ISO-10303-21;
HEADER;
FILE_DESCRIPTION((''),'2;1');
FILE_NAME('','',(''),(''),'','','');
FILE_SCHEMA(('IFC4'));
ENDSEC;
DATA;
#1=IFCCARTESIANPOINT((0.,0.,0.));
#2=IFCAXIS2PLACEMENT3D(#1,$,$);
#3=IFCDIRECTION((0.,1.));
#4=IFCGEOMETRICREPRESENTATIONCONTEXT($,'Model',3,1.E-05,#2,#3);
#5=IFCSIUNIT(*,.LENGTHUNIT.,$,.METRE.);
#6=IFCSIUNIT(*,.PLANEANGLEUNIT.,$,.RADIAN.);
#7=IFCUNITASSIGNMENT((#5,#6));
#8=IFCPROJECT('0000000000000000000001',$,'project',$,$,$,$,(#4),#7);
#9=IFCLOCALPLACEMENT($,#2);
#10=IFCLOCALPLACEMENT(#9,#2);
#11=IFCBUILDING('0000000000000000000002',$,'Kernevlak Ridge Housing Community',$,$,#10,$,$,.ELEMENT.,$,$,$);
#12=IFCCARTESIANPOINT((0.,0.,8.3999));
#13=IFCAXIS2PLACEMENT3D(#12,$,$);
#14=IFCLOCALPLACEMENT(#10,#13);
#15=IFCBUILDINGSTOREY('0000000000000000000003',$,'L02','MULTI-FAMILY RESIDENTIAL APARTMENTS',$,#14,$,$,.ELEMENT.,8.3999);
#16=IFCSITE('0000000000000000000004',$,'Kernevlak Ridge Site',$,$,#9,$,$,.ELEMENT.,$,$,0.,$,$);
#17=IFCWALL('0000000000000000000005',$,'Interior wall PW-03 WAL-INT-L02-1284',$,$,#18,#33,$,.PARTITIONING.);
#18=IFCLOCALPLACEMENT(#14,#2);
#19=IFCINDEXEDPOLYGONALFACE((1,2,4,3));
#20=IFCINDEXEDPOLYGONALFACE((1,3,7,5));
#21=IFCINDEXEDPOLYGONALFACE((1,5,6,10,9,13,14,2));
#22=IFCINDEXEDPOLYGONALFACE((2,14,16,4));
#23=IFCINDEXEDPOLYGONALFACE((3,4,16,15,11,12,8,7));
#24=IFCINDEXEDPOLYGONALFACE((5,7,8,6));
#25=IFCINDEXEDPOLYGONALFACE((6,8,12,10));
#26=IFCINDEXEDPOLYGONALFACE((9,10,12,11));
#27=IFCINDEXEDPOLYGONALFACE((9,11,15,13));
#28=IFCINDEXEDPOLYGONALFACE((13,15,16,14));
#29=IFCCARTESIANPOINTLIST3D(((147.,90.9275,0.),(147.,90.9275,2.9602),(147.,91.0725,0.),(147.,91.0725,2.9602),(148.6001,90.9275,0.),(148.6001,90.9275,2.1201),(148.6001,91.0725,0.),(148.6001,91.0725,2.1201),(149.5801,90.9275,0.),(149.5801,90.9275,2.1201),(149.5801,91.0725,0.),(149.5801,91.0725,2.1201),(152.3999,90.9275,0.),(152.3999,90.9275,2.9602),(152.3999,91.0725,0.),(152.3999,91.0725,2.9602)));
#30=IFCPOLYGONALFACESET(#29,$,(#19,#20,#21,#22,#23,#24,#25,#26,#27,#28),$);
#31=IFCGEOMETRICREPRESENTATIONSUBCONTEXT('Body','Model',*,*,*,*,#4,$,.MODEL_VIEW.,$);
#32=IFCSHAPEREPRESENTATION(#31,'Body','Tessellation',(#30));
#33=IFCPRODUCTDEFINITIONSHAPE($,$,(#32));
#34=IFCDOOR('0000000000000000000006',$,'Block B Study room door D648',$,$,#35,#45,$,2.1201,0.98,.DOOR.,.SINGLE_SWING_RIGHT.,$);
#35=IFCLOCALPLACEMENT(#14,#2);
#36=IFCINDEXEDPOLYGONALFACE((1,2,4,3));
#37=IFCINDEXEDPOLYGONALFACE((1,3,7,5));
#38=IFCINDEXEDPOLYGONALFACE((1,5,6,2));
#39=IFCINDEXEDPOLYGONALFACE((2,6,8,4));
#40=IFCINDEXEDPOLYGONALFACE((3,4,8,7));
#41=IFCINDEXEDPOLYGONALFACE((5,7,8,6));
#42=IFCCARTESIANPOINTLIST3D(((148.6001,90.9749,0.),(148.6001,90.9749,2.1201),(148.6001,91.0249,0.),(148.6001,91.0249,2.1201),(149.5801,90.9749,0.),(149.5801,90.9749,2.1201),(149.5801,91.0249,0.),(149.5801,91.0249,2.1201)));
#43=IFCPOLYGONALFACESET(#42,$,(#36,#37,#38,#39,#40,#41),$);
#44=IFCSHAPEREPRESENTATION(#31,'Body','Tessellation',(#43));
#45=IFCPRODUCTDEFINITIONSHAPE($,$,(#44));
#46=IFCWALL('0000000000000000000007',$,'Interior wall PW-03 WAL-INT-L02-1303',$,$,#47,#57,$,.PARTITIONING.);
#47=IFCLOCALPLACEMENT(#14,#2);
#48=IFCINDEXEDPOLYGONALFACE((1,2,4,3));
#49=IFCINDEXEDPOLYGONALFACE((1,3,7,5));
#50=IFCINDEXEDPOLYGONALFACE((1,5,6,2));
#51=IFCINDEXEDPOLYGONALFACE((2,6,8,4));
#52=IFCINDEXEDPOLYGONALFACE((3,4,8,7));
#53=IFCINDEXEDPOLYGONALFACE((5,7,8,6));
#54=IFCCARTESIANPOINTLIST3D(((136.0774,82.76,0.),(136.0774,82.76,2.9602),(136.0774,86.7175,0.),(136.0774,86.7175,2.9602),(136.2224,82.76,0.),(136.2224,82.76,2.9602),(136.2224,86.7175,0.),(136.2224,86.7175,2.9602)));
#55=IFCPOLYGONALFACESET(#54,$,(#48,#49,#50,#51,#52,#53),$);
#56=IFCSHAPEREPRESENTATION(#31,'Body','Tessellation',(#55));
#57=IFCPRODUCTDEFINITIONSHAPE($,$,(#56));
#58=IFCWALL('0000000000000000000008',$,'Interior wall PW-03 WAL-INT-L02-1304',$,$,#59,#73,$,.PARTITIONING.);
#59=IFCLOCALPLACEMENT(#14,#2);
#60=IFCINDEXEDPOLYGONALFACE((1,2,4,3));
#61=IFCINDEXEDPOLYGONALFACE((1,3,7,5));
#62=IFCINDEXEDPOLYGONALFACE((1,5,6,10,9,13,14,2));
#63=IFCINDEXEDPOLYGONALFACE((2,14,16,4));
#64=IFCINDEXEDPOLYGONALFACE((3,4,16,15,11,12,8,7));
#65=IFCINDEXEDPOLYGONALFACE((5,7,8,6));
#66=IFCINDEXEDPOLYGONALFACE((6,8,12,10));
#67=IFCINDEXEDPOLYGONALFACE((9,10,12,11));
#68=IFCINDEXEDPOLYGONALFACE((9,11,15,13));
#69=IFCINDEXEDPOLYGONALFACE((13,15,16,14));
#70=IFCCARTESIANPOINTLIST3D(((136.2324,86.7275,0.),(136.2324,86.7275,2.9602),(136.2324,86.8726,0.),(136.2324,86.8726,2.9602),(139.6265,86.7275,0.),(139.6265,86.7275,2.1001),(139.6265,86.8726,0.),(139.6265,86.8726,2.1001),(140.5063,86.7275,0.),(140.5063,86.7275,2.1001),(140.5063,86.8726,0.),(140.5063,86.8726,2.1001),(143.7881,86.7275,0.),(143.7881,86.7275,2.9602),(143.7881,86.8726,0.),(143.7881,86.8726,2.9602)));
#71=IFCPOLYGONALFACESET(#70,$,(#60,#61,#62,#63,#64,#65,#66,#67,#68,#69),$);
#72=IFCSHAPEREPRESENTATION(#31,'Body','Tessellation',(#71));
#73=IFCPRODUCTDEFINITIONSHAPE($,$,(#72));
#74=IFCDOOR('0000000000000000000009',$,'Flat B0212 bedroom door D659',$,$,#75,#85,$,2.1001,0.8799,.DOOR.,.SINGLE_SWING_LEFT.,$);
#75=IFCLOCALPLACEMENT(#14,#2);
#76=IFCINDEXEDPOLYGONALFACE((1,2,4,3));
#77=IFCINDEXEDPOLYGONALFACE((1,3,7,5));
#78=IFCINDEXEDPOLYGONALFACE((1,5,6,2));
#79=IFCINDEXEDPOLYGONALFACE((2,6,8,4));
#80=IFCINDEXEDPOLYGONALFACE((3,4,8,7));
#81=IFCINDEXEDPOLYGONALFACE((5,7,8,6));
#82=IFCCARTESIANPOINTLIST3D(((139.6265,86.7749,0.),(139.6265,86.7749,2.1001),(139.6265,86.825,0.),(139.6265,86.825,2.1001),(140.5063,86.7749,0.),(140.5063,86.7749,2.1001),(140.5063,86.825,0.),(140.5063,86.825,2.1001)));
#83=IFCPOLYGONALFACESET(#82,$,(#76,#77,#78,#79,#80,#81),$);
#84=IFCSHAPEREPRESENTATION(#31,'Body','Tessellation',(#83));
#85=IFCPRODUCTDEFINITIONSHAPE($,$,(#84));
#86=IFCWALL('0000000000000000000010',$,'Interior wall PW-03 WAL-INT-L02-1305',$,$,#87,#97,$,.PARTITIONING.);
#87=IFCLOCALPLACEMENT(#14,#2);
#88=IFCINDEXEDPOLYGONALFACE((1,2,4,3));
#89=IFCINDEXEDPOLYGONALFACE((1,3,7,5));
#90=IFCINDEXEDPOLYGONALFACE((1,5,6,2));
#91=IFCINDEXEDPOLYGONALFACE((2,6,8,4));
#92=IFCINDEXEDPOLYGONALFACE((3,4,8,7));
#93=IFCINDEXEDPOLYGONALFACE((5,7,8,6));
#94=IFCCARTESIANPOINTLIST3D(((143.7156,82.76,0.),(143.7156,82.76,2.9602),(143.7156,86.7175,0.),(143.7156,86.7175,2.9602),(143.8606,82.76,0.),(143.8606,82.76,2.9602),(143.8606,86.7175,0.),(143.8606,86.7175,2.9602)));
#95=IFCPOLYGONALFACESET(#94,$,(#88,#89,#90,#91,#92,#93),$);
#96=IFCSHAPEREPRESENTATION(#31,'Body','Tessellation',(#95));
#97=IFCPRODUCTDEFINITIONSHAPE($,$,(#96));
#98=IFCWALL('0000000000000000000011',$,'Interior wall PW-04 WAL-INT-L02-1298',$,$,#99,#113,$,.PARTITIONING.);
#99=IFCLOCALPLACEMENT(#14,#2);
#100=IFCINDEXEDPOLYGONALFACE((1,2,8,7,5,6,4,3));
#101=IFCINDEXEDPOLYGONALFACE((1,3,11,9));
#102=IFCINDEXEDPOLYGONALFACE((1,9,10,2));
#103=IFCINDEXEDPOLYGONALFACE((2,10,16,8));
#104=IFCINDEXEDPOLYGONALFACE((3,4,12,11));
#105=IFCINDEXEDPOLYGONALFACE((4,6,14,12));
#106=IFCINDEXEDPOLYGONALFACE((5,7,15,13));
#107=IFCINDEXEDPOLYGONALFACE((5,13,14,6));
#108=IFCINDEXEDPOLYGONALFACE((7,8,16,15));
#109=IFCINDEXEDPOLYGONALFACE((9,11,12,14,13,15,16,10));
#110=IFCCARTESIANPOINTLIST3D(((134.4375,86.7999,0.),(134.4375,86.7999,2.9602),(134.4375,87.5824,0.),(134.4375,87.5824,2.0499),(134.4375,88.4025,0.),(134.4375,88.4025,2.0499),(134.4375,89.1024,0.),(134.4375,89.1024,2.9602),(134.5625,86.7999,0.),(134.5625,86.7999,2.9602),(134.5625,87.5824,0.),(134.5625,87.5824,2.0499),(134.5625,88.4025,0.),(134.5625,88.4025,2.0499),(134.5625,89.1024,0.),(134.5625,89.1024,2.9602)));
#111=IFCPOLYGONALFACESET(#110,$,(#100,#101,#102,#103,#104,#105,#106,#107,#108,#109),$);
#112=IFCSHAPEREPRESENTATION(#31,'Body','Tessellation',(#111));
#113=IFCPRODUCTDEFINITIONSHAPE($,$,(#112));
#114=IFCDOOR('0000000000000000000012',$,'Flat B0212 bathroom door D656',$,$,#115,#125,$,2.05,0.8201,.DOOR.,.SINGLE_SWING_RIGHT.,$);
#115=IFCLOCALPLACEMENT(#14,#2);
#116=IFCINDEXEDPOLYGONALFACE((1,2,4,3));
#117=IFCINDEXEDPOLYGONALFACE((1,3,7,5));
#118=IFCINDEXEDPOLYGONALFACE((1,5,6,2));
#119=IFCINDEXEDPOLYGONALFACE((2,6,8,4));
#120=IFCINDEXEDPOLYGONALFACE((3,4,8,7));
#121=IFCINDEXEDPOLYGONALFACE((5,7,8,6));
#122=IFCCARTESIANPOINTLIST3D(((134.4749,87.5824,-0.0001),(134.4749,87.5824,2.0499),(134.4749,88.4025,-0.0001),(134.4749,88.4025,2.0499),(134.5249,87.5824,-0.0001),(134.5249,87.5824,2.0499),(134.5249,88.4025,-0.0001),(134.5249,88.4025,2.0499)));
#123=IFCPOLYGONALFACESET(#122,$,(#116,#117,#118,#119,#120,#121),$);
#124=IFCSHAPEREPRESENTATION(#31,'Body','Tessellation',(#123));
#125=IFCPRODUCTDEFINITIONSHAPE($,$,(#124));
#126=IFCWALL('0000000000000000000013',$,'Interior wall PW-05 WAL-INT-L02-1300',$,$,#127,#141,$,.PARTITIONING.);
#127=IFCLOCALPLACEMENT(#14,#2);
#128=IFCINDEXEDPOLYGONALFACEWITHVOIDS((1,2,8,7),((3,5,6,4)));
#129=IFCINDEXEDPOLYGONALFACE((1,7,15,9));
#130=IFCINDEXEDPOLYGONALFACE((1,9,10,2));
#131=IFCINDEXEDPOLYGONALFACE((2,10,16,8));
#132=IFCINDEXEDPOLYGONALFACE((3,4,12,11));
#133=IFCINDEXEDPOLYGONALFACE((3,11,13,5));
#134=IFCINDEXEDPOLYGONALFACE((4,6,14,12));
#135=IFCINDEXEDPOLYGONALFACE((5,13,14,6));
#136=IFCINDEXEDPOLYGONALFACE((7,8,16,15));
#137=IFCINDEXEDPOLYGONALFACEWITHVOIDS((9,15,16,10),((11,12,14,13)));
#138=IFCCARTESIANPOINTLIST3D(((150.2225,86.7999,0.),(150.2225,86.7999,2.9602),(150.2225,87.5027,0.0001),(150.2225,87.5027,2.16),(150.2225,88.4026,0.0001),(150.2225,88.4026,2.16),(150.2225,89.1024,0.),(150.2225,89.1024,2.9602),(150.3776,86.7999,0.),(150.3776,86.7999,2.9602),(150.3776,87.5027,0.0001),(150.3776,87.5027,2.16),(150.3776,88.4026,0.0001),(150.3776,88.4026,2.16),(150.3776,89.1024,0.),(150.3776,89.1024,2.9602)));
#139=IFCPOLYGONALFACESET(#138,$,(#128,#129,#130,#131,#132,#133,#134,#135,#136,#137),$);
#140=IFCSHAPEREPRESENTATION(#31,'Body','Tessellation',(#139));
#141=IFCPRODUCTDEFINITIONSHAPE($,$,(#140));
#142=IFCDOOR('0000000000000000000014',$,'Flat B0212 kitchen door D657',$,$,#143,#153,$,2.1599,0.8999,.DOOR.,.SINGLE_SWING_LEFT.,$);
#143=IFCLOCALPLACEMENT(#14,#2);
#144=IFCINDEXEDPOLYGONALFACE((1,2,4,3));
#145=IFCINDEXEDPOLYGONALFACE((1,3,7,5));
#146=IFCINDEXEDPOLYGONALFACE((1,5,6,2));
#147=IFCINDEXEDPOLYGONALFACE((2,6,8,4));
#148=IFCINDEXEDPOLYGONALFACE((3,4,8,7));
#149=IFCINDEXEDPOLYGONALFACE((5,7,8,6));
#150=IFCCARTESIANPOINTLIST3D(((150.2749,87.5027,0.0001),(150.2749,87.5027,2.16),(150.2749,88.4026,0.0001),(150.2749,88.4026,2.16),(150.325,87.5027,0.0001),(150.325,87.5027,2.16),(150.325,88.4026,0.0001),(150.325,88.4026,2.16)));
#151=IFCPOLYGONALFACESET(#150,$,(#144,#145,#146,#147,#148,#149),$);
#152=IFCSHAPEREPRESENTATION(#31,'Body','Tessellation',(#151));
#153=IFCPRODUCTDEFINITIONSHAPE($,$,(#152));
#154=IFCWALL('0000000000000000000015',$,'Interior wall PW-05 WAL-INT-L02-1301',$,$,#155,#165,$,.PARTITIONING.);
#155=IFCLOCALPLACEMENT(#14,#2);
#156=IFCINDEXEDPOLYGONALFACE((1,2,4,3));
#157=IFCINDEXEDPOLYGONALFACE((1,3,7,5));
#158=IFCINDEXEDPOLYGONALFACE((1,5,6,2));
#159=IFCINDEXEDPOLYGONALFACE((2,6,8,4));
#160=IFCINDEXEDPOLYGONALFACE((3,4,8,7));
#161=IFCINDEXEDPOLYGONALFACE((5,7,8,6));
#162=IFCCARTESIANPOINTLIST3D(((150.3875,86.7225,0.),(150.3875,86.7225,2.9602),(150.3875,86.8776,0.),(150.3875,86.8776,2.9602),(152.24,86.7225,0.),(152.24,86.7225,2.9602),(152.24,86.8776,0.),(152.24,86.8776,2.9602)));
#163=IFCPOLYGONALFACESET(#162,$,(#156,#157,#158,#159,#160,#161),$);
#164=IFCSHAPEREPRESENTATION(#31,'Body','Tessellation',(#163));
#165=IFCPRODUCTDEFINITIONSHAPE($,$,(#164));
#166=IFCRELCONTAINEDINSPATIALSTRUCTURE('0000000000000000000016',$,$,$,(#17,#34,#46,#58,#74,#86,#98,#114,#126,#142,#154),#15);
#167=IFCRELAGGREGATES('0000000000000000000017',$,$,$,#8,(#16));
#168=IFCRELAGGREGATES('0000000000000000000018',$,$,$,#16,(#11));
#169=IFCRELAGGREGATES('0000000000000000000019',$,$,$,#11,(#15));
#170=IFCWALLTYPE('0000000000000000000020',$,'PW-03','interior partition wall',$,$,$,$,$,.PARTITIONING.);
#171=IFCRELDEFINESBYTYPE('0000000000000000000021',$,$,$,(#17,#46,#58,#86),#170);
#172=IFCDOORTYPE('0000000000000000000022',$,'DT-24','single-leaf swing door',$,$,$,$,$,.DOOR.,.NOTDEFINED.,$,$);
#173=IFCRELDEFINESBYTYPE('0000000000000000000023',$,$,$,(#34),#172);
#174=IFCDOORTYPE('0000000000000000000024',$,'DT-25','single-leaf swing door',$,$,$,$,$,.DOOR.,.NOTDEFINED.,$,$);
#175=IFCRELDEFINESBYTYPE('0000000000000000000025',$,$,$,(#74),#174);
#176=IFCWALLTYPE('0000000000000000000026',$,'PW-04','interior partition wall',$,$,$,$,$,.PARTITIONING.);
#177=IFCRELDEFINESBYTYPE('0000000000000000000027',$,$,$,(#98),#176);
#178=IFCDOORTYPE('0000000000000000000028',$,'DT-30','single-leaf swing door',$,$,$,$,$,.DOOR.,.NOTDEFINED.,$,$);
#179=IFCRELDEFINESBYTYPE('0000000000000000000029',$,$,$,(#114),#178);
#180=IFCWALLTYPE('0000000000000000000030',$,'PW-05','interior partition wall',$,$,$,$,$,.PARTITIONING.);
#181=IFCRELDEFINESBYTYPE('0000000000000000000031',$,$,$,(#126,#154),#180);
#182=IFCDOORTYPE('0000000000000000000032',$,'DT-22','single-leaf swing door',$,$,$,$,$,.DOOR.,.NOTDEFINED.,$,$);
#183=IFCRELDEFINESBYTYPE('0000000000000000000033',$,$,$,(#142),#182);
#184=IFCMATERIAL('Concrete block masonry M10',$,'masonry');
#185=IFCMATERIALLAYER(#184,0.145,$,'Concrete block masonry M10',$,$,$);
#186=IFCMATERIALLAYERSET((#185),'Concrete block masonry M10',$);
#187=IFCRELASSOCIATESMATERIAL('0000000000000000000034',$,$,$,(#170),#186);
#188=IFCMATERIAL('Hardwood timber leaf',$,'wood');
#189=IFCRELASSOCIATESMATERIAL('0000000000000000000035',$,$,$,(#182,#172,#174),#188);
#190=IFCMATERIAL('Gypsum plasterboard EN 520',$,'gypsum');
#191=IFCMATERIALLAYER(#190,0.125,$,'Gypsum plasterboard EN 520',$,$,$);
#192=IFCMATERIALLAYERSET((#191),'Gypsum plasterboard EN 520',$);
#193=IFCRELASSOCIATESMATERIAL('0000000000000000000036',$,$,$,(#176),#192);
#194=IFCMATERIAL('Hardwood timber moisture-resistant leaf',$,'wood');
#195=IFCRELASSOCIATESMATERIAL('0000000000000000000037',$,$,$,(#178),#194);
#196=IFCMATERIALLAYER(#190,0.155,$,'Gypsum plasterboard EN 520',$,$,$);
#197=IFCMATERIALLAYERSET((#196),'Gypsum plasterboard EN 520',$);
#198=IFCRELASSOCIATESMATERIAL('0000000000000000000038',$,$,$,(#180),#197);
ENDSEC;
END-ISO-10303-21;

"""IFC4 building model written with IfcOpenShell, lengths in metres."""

from ifc_helpers import new_model, si_unit, direction, frame, frame_2d, origin, place, context, subcontext, project, spatial, rectangle, extrude, material, layer, layer_set, type_object, element, fill, save


model = new_model("IFC4")

# Units and contexts
model_context = context("Model", 3, precision=1e-05, world=origin(), true_north=direction((0.0, 1.0)))
body_context = subcontext(model_context, "Body", "Model", "MODEL_VIEW")
ifc_project = project(units=[si_unit("LENGTHUNIT", "METRE"), si_unit("PLANEANGLEUNIT", "RADIAN")], contexts=[model_context])

# Site, building, storey
site_placement = place(None, origin())
site = spatial("IfcSite", under=ifc_project, at=site_placement, Name="Kernevlak Ridge Site", CompositionType="ELEMENT", RefElevation=0.0)
building_placement = place(site_placement, origin())
building = spatial("IfcBuilding", under=site, at=building_placement, Name="Kernevlak Ridge Housing Community", CompositionType="ELEMENT")
storey_placement = place(building_placement, frame((0.0, 0.0, 8.3999)))
storey = spatial("IfcBuildingStorey", under=building, at=storey_placement, Name="L02", Description="MULTI-FAMILY RESIDENTIAL APARTMENTS", CompositionType="ELEMENT", Elevation=8.3999)

# Shared definitions
ifc_material_1 = material(Name="Concrete block masonry M10", Category="masonry")

# Wall, opening, door
ifc_layer_1 = layer(ifc_material_1, 0.145, Name="Concrete block masonry M10")
ifc_layer_set_1 = layer_set([ifc_layer_1], Name="Concrete block masonry M10")
wall_type_1 = type_object("IfcWallType", Name="PW-03", Description="interior partition wall", PredefinedType="PARTITIONING", material=ifc_layer_set_1)
ifc_material_2 = material(Name="Hardwood timber leaf", Category="wood")
door_type_1 = type_object("IfcDoorType", Name="DT-22", Description="single-leaf swing door", OperationType="NOTDEFINED", PredefinedType="DOOR", material=ifc_material_2)
wall_1_placement = place(storey_placement, frame((147.0, 91.0, 0.0), z_axis=(0.0, 0.0, 1.0), x_axis=(1.0, 0.0, 0.0)))
wall_1 = element("IfcWall", 1, at=wall_1_placement, inside=storey, type_object=wall_type_1, Name="Interior wall PW-03 WAL-INT-L02-1284", PredefinedType="PARTITIONING", context=body_context, shape_type="SweptSolid", body=[
    extrude(rectangle(XDim=5.3999, YDim=0.145, at=frame_2d((2.7, 0.0))), origin(), (0.0, 0.0, 1.0), 2.9602),
])
opening_1_placement = place(wall_1_placement, frame((1.6001, 0.0, 0.0)))
opening_1 = element("IfcOpeningElement", 2, at=opening_1_placement, cuts=wall_1, PredefinedType="OPENING", context=body_context, shape_type="SweptSolid", body=[
    extrude(rectangle(XDim=0.98, YDim=2.1201, at=frame_2d((0.49, 1.0601))), frame((0.0, 0.0825, 0.0), z_axis=(0.0, -1.0, 0.0), x_axis=(1.0, 0.0, 0.0)), (0.0, 0.0, 1.0), 0.165),
])
door_type_2 = type_object("IfcDoorType", Name="DT-24", Description="single-leaf swing door", OperationType="NOTDEFINED", PredefinedType="DOOR", material=ifc_material_2)
door_1_placement = place(opening_1_placement, origin())
door_1 = element("IfcDoor", 3, at=door_1_placement, inside=storey, type_object=door_type_2, Name="Block B Study room door D648", OperationType="SINGLE_SWING_RIGHT", OverallHeight=2.1201, OverallWidth=0.98, PredefinedType="DOOR", context=body_context, shape_type="SweptSolid", body=[
    extrude(rectangle(XDim=0.98, YDim=2.1201, at=frame_2d((0.49, 1.0601))), frame((0.0, 0.0249, 0.0), z_axis=(0.0, -1.0, 0.0), x_axis=(1.0, 0.0, 0.0)), (0.0, 0.0, 1.0), 0.05),
])
fill(opening_1, door_1)

# Wall
wall_2_placement = place(storey_placement, frame((136.1499, 86.7175, 0.0), z_axis=(0.0, 0.0, 1.0), x_axis=(0.0, -1.0, 0.0)))
element("IfcWall", 4, at=wall_2_placement, inside=storey, type_object=wall_type_1, Name="Interior wall PW-03 WAL-INT-L02-1303", PredefinedType="PARTITIONING", context=body_context, shape_type="SweptSolid", body=[
    extrude(rectangle(XDim=3.9575, YDim=0.145, at=frame_2d((1.9788, 0.0))), origin(), (0.0, 0.0, 1.0), 2.9602),
])

# Wall, opening, door
wall_3_placement = place(storey_placement, frame((136.2324, 86.8, 0.0), z_axis=(0.0, 0.0, 1.0), x_axis=(1.0, 0.0, 0.0)))
wall_3 = element("IfcWall", 5, at=wall_3_placement, inside=storey, type_object=wall_type_1, Name="Interior wall PW-03 WAL-INT-L02-1304", PredefinedType="PARTITIONING", context=body_context, shape_type="SweptSolid", body=[
    extrude(rectangle(XDim=7.5557, YDim=0.145, at=frame_2d((3.7778, 0.0))), origin(), (0.0, 0.0, 1.0), 2.9602),
])
opening_2_placement = place(wall_3_placement, frame((3.394, 0.0, 0.0)))
opening_2 = element("IfcOpeningElement", 6, at=opening_2_placement, cuts=wall_3, PredefinedType="OPENING", context=body_context, shape_type="SweptSolid", body=[
    extrude(rectangle(XDim=0.8799, YDim=2.1001, at=frame_2d((0.4399, 1.05))), frame((0.0, 0.0825, 0.0), z_axis=(0.0, -1.0, 0.0), x_axis=(1.0, 0.0, 0.0)), (0.0, 0.0, 1.0), 0.165),
])
door_type_3 = type_object("IfcDoorType", Name="DT-25", Description="single-leaf swing door", OperationType="NOTDEFINED", PredefinedType="DOOR", material=ifc_material_2)
door_2_placement = place(opening_2_placement, origin())
door_2 = element("IfcDoor", 7, at=door_2_placement, inside=storey, type_object=door_type_3, Name="Flat B0212 bedroom door D659", OperationType="SINGLE_SWING_LEFT", OverallHeight=2.1001, OverallWidth=0.8799, PredefinedType="DOOR", context=body_context, shape_type="SweptSolid", body=[
    extrude(rectangle(XDim=0.8799, YDim=2.1001, at=frame_2d((0.4399, 1.05))), frame((0.0, 0.0249, 0.0), z_axis=(0.0, -1.0, 0.0), x_axis=(1.0, 0.0, 0.0)), (0.0, 0.0, 1.0), 0.05),
])
fill(opening_2, door_2)

# Wall
wall_4_placement = place(storey_placement, frame((143.7881, 86.7175, 0.0), z_axis=(0.0, 0.0, 1.0), x_axis=(0.0, -1.0, 0.0)))
element("IfcWall", 8, at=wall_4_placement, inside=storey, type_object=wall_type_1, Name="Interior wall PW-03 WAL-INT-L02-1305", PredefinedType="PARTITIONING", context=body_context, shape_type="SweptSolid", body=[
    extrude(rectangle(XDim=3.9575, YDim=0.145, at=frame_2d((1.9788, 0.0))), origin(), (0.0, 0.0, 1.0), 2.9602),
])

# Walls, openings, doors
ifc_material_3 = material(Name="Gypsum plasterboard EN 520", Category="gypsum")
ifc_layer_2 = layer(ifc_material_3, 0.125, Name="Gypsum plasterboard EN 520")
ifc_layer_set_2 = layer_set([ifc_layer_2], Name="Gypsum plasterboard EN 520")
wall_type_2 = type_object("IfcWallType", Name="PW-04", Description="interior partition wall", PredefinedType="PARTITIONING", material=ifc_layer_set_2)
wall_5_placement = place(storey_placement, frame((134.5, 89.1025, 0.0), z_axis=(0.0, 0.0, 1.0), x_axis=(0.0, -1.0, 0.0)))
wall_5 = element("IfcWall", 9, at=wall_5_placement, inside=storey, type_object=wall_type_2, Name="Interior wall PW-04 WAL-INT-L02-1298", PredefinedType="PARTITIONING", context=body_context, shape_type="SweptSolid", body=[
    extrude(rectangle(XDim=2.3025, YDim=0.125, at=frame_2d((1.1514, 0.0))), origin(), (0.0, 0.0, 1.0), 2.9602),
])
opening_3_placement = place(wall_5_placement, frame((0.7, 0.0, 0.0)))
opening_3 = element("IfcOpeningElement", 10, at=opening_3_placement, cuts=wall_5, PredefinedType="OPENING", context=body_context, shape_type="SweptSolid", body=[
    extrude(rectangle(XDim=0.8201, YDim=2.05, at=frame_2d((0.4102, 1.0249))), frame((0.0, 0.0725, 0.0), z_axis=(0.0, -1.0, 0.0), x_axis=(1.0, 0.0, 0.0)), (0.0, 0.0, 1.0), 0.145),
])
ifc_material_4 = material(Name="Hardwood timber moisture-resistant leaf", Category="wood")
door_type_4 = type_object("IfcDoorType", Name="DT-30", Description="single-leaf swing door", OperationType="NOTDEFINED", PredefinedType="DOOR", material=ifc_material_4)
door_3_placement = place(opening_3_placement, origin())
door_3 = element("IfcDoor", 11, at=door_3_placement, inside=storey, type_object=door_type_4, Name="Flat B0212 bathroom door D656", OperationType="SINGLE_SWING_RIGHT", OverallHeight=2.05, OverallWidth=0.8201, PredefinedType="DOOR", context=body_context, shape_type="SweptSolid", body=[
    extrude(rectangle(XDim=0.8201, YDim=2.05, at=frame_2d((0.4102, 1.0249))), frame((0.0, 0.0249, 0.0), z_axis=(0.0, -1.0, 0.0), x_axis=(1.0, 0.0, 0.0)), (0.0, 0.0, 1.0), 0.05),
])
fill(opening_3, door_3)
ifc_layer_3 = layer(ifc_material_3, 0.155, Name="Gypsum plasterboard EN 520")
ifc_layer_set_3 = layer_set([ifc_layer_3], Name="Gypsum plasterboard EN 520")
wall_type_3 = type_object("IfcWallType", Name="PW-05", Description="interior partition wall", PredefinedType="PARTITIONING", material=ifc_layer_set_3)
wall_6_placement = place(storey_placement, frame((150.3, 89.1025, 0.0), z_axis=(0.0, 0.0, 1.0), x_axis=(0.0, -1.0, 0.0)))
wall_6 = element("IfcWall", 12, at=wall_6_placement, inside=storey, type_object=wall_type_3, Name="Interior wall PW-05 WAL-INT-L02-1300", PredefinedType="PARTITIONING", context=body_context, shape_type="SweptSolid", body=[
    extrude(rectangle(XDim=2.3025, YDim=0.155, at=frame_2d((1.1514, 0.0))), origin(), (0.0, 0.0, 1.0), 2.9602),
])
opening_4_placement = place(wall_6_placement, frame((0.7, 0.0, 0.0)))
opening_4 = element("IfcOpeningElement", 13, at=opening_4_placement, cuts=wall_6, PredefinedType="OPENING", context=body_context, shape_type="SweptSolid", body=[
    extrude(rectangle(XDim=0.8999, YDim=2.1599, at=frame_2d((0.45, 1.0801))), frame((0.0, 0.0874, 0.0), z_axis=(0.0, -1.0, 0.0), x_axis=(1.0, 0.0, 0.0)), (0.0, 0.0, 1.0), 0.175),
])
door_4_placement = place(opening_4_placement, origin())
door_4 = element("IfcDoor", 14, at=door_4_placement, inside=storey, type_object=door_type_1, Name="Flat B0212 kitchen door D657", OperationType="SINGLE_SWING_LEFT", OverallHeight=2.1599, OverallWidth=0.8999, PredefinedType="DOOR", context=body_context, shape_type="SweptSolid", body=[
    extrude(rectangle(XDim=0.8999, YDim=2.1599, at=frame_2d((0.45, 1.0801))), frame((0.0, 0.0249, 0.0), z_axis=(0.0, -1.0, 0.0), x_axis=(1.0, 0.0, 0.0)), (0.0, 0.0, 1.0), 0.05),
])
fill(opening_4, door_4)

# Wall
wall_7_placement = place(storey_placement, frame((150.3875, 86.8, 0.0), z_axis=(0.0, 0.0, 1.0), x_axis=(1.0, 0.0, 0.0)))
element("IfcWall", 15, at=wall_7_placement, inside=storey, type_object=wall_type_3, Name="Interior wall PW-05 WAL-INT-L02-1301", PredefinedType="PARTITIONING", context=body_context, shape_type="SweptSolid", body=[
    extrude(rectangle(XDim=1.8525, YDim=0.155, at=frame_2d((0.9263, 0.0))), origin(), (0.0, 0.0, 1.0), 2.9602),
])

save(model, "model.ifc")
